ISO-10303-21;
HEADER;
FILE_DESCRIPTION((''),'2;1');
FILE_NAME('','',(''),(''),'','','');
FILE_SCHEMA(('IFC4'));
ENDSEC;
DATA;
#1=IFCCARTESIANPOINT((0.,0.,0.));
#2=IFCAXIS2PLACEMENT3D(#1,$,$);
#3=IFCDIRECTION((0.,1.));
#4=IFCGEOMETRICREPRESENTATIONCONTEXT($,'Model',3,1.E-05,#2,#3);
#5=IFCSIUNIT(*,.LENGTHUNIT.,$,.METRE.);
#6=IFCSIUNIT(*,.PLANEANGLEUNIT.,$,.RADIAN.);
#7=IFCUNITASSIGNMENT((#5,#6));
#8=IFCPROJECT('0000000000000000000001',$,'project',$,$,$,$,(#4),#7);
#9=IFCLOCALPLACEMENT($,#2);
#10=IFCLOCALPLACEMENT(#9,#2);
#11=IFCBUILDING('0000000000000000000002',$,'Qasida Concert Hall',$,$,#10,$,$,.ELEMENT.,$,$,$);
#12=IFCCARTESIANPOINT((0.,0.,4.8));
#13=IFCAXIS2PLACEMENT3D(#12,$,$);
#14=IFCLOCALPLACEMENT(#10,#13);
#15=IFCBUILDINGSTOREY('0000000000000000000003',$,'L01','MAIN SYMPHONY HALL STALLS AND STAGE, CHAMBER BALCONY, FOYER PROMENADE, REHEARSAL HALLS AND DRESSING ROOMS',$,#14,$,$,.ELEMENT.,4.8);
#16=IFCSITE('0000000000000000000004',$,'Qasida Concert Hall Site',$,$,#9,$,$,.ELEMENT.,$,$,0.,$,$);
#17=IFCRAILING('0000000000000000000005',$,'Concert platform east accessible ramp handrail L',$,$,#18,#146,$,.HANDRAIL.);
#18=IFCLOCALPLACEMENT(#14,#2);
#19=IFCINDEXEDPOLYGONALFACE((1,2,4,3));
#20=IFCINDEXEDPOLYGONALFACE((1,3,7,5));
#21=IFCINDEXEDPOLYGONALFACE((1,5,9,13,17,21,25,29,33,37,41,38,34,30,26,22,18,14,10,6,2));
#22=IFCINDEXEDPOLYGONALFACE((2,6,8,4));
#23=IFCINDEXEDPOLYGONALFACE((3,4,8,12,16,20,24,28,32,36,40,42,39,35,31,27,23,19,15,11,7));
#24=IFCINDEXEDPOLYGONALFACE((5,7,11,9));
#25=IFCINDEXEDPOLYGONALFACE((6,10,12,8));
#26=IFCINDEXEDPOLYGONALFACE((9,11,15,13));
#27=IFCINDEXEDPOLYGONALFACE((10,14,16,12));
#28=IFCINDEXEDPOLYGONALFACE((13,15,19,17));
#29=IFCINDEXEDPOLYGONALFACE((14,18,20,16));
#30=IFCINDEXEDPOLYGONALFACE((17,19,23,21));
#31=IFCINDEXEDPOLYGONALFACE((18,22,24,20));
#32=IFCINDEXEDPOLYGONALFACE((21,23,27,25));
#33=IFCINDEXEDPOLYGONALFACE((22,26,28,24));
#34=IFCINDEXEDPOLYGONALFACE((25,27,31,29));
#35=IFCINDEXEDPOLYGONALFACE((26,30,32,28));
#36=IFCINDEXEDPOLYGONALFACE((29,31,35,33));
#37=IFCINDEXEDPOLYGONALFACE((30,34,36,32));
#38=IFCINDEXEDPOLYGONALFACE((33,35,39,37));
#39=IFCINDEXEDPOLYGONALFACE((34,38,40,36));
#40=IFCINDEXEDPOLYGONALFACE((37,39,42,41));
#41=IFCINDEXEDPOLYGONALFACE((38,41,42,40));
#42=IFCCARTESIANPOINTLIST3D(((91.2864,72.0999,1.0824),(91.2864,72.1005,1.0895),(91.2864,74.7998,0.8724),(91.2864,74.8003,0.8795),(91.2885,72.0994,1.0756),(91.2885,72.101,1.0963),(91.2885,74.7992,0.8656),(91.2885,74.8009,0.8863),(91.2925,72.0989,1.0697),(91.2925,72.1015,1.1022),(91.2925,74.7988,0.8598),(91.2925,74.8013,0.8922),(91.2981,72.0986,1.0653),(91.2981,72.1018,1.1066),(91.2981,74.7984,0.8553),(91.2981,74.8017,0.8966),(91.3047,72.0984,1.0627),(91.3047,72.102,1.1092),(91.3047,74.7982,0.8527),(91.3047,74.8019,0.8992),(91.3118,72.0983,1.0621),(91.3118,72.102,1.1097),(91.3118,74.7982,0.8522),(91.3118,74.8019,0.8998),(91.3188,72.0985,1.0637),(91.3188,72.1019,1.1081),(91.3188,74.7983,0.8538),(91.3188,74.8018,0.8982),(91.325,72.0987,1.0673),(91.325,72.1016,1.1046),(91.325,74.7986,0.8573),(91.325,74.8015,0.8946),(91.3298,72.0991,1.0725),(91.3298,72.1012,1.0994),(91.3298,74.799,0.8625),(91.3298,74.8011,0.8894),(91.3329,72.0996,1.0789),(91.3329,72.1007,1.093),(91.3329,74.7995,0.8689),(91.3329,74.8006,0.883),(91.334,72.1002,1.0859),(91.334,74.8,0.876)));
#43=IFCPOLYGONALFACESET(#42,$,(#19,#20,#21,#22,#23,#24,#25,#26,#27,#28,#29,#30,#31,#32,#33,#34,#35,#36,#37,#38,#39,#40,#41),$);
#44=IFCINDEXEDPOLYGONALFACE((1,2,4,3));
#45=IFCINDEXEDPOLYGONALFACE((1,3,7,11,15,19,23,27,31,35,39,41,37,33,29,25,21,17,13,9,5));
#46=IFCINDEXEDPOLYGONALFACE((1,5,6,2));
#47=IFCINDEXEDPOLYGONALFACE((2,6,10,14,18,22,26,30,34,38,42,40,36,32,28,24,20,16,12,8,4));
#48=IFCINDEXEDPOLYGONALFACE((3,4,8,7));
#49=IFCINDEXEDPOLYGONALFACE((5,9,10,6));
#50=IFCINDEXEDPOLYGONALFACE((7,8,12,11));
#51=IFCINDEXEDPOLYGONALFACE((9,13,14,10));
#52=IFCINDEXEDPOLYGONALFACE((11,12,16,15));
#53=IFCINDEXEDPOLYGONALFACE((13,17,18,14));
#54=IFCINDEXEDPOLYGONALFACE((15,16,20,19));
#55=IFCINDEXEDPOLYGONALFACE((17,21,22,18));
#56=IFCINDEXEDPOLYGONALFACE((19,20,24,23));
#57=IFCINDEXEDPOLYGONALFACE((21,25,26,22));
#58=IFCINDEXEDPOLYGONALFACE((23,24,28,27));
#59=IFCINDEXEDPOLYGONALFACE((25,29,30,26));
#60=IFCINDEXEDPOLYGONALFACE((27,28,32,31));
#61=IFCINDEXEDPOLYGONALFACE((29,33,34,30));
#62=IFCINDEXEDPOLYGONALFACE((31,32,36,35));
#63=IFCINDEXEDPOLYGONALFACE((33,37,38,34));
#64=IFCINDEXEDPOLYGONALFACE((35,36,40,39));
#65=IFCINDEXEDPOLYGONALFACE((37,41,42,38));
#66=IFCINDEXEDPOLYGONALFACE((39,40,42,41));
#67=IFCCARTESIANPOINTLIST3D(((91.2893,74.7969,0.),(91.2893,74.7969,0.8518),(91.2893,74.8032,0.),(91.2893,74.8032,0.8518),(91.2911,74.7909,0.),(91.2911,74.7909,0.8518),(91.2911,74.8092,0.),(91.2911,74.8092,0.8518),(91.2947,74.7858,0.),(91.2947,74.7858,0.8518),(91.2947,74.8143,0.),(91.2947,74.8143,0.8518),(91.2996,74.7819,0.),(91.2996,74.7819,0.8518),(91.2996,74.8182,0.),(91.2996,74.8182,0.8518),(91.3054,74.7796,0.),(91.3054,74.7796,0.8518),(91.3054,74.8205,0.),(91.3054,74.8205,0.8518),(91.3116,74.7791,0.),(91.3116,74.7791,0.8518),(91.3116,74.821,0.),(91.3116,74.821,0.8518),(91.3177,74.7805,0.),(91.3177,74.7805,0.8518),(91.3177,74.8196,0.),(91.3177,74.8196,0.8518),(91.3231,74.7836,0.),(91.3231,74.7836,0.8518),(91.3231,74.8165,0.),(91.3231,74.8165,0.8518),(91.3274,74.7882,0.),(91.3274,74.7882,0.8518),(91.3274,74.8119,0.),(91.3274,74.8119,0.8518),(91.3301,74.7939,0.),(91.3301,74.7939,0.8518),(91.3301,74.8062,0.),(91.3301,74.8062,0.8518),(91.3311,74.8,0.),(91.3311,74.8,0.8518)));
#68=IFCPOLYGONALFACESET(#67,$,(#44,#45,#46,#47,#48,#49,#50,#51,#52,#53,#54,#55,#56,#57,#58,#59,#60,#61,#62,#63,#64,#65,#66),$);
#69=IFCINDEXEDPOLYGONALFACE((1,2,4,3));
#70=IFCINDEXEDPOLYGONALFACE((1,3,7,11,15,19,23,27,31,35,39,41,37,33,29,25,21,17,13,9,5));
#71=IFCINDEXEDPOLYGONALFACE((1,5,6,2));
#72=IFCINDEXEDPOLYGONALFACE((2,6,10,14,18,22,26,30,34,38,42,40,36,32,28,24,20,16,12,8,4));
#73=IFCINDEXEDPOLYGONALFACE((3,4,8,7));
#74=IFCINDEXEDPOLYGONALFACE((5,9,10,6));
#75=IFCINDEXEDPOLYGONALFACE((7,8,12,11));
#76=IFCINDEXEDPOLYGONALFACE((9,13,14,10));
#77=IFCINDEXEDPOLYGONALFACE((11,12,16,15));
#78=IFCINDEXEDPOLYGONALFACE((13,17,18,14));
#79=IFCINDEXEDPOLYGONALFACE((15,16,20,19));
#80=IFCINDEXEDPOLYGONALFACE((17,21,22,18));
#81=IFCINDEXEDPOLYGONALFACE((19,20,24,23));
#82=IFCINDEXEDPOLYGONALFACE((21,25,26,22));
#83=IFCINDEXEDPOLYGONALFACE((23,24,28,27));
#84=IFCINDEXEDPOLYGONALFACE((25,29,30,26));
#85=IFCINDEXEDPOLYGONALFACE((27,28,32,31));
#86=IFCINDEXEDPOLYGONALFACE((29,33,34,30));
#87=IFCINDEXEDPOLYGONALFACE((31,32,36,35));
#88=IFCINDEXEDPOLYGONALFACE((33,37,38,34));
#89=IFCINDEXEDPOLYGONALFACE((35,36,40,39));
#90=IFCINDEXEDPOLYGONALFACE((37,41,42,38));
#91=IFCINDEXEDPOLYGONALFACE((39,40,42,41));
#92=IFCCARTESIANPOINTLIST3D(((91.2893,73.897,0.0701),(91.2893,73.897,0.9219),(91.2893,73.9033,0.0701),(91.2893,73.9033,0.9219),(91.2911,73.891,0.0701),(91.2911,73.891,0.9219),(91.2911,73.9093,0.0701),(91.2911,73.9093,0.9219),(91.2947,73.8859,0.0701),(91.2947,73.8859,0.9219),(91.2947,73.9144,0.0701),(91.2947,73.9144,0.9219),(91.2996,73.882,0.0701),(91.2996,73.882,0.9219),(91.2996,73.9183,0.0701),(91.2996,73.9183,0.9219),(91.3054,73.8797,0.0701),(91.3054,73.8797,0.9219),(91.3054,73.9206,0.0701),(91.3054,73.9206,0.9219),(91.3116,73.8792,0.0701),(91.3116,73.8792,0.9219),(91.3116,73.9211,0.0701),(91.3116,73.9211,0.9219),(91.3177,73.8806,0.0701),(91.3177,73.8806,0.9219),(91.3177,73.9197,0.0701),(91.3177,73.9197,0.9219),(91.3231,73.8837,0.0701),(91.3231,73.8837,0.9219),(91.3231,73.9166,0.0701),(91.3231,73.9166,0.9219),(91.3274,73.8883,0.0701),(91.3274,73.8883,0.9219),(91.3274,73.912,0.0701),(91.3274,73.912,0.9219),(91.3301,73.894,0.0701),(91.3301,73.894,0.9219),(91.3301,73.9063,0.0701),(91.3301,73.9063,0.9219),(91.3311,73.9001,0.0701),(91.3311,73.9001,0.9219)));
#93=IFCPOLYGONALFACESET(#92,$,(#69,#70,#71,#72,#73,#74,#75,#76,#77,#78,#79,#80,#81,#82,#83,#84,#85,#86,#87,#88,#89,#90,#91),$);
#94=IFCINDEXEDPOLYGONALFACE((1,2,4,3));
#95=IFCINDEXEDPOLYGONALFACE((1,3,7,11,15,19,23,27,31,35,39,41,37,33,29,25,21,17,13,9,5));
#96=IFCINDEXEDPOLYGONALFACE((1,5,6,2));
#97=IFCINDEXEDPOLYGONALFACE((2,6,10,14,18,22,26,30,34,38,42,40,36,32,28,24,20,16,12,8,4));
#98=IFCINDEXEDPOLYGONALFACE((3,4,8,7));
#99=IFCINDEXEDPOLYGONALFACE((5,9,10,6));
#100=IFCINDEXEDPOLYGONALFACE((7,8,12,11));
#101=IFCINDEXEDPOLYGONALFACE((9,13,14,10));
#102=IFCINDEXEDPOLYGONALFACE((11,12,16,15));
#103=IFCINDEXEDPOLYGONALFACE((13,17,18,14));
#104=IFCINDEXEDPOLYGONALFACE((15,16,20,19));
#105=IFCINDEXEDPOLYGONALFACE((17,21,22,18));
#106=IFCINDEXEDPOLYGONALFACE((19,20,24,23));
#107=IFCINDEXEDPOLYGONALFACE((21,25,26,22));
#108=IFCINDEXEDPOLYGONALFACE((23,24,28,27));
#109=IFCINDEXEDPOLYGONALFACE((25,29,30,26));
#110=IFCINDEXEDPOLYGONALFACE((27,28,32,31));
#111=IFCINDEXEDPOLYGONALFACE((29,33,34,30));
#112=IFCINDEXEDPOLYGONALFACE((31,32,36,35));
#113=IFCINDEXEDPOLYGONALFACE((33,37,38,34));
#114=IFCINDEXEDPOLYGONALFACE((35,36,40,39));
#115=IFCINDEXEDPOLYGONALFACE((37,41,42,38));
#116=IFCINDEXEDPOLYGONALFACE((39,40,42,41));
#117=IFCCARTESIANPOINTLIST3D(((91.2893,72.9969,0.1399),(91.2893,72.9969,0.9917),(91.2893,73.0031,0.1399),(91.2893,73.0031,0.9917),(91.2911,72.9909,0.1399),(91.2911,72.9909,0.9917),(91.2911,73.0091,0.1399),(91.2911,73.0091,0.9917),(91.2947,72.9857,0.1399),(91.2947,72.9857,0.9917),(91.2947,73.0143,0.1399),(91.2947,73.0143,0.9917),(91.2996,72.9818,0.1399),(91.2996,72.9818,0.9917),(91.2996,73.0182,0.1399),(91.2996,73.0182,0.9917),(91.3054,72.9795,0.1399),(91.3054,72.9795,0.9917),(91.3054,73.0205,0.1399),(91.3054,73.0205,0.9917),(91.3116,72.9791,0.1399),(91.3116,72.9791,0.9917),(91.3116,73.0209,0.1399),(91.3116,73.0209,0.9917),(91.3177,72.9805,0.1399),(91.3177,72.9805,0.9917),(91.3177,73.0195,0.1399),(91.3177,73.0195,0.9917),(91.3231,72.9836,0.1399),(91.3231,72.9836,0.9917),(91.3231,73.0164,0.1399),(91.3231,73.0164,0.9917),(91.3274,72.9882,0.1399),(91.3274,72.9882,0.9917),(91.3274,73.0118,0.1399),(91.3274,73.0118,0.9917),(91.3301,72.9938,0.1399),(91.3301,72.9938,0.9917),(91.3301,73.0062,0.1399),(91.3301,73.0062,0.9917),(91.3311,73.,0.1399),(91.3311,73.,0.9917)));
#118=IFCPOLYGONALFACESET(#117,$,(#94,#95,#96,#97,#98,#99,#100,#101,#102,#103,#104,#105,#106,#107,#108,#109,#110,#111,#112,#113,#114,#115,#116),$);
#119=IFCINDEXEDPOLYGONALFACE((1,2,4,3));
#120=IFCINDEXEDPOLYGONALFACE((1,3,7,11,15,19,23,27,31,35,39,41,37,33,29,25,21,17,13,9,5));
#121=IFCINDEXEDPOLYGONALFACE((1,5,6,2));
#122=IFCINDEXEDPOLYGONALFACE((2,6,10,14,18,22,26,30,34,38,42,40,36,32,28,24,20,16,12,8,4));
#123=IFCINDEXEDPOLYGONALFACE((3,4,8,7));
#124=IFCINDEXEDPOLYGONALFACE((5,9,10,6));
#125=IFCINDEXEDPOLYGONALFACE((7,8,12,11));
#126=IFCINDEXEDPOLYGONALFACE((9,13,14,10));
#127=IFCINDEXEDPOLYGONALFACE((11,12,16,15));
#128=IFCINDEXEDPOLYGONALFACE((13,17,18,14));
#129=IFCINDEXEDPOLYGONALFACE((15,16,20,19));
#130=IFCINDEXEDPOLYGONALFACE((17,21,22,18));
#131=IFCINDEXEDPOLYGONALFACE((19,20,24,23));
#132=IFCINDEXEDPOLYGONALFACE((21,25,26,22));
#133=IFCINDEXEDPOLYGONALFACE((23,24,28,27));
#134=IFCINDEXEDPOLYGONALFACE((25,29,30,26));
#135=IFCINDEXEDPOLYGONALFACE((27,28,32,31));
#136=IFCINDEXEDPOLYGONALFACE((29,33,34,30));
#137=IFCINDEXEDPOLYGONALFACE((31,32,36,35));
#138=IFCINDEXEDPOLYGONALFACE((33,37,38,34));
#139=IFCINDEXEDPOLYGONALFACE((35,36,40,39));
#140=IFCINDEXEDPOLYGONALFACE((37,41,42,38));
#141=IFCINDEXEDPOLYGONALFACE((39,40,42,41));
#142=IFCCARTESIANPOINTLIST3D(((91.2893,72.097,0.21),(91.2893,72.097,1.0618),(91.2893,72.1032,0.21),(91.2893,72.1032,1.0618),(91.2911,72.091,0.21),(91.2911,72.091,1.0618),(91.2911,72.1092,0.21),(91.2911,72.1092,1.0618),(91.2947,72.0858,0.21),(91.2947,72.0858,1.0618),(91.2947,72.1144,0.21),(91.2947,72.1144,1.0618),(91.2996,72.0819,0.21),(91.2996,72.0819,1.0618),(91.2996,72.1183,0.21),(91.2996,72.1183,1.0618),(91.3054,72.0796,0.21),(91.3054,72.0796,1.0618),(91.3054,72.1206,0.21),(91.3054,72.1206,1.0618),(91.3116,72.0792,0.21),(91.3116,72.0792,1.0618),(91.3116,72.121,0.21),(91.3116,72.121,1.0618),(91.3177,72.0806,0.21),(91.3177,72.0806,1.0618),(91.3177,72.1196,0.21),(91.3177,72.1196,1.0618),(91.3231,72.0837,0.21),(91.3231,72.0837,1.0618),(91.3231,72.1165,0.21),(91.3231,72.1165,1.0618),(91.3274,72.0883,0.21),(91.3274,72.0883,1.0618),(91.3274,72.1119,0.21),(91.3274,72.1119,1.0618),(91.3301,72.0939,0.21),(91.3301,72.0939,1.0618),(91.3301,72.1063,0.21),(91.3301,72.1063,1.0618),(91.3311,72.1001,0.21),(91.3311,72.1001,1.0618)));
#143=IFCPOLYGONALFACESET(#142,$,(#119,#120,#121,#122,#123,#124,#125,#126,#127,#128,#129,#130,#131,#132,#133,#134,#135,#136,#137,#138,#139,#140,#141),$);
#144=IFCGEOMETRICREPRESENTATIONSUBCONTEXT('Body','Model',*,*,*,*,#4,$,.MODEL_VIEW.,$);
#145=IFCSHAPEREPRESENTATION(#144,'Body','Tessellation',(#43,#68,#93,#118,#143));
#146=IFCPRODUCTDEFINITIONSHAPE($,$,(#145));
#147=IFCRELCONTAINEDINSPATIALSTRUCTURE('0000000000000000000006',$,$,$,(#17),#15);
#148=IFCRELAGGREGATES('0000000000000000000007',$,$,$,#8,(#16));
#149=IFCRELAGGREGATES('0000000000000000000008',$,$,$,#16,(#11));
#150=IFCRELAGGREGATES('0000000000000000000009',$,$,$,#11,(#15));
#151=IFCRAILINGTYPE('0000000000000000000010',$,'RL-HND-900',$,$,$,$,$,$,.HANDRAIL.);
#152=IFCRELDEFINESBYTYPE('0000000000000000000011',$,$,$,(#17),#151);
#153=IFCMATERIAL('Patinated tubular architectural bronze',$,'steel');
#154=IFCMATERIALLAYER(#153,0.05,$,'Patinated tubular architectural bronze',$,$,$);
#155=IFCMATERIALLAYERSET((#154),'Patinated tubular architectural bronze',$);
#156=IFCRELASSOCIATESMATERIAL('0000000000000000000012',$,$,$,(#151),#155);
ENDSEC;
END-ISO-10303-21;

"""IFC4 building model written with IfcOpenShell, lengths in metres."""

from ifc_helpers import new_model, si_unit, direction, frame, origin, origin_2d, place, context, subcontext, project, spatial, circle, extrude, material, layer, layer_set, type_object, element, save


model = new_model("IFC4")

# Units and contexts
model_context = context("Model", 3, precision=1e-05, world=origin(), true_north=direction((0.0, 1.0)))
body_context = subcontext(model_context, "Body", "Model", "MODEL_VIEW")
ifc_project = project(units=[si_unit("LENGTHUNIT", "METRE"), si_unit("PLANEANGLEUNIT", "RADIAN")], contexts=[model_context])

# Site, building, storey
site_placement = place(None, origin())
site = spatial("IfcSite", under=ifc_project, at=site_placement, Name="Qasida Concert Hall Site", CompositionType="ELEMENT", RefElevation=0.0)
building_placement = place(site_placement, origin())
building = spatial("IfcBuilding", under=site, at=building_placement, Name="Qasida Concert Hall", CompositionType="ELEMENT")
storey_placement = place(building_placement, frame((0.0, 0.0, 4.8)))
storey = spatial("IfcBuildingStorey", under=building, at=storey_placement, Name="L01", Description="MAIN SYMPHONY HALL STALLS AND STAGE, CHAMBER BALCONY, FOYER PROMENADE, REHEARSAL HALLS AND DRESSING ROOMS", CompositionType="ELEMENT", Elevation=4.8)

# Railing
ifc_material_1 = material(Name="Patinated tubular architectural bronze", Category="steel")
ifc_layer_1 = layer(ifc_material_1, 0.05, Name="Patinated tubular architectural bronze")
ifc_layer_set_1 = layer_set([ifc_layer_1], Name="Patinated tubular architectural bronze")
railing_type = type_object("IfcRailingType", Name="RL-HND-900", PredefinedType="HANDRAIL", material=ifc_layer_set_1)
for number, where, name in (
    (1, (91.3101, 74.8, 0.0), "Concert platform east accessible ramp handrail L"),
):
    element("IfcRailing", number, at=place(storey_placement, frame(where)), inside=storey, type_object=railing_type, Name=name, PredefinedType="HANDRAIL", context=body_context, shape_type="SweptSolid", body=[
        extrude(circle(Radius=0.0239, at=origin_2d()), frame((0.0, 0.0, 0.876), z_axis=(0.0, -0.99699, 0.077531), x_axis=(1.0, 0.0, 0.0)), (0.0, 0.0, 1.0), 2.708),
        extrude(circle(Radius=0.021, at=origin_2d()), origin(), (0.0, 0.0, 1.0), 0.8518),
        extrude(circle(Radius=0.021, at=origin_2d()), frame((0.0, -0.8999, 0.0701)), (0.0, 0.0, 1.0), 0.8518),
        extrude(circle(Radius=0.021, at=origin_2d()), frame((0.0, -1.8, 0.1399)), (0.0, 0.0, 1.0), 0.8518),
        extrude(circle(Radius=0.021, at=origin_2d()), frame((0.0, -2.7, 0.21)), (0.0, 0.0, 1.0), 0.8518),
    ])

save(model, "model.ifc")
